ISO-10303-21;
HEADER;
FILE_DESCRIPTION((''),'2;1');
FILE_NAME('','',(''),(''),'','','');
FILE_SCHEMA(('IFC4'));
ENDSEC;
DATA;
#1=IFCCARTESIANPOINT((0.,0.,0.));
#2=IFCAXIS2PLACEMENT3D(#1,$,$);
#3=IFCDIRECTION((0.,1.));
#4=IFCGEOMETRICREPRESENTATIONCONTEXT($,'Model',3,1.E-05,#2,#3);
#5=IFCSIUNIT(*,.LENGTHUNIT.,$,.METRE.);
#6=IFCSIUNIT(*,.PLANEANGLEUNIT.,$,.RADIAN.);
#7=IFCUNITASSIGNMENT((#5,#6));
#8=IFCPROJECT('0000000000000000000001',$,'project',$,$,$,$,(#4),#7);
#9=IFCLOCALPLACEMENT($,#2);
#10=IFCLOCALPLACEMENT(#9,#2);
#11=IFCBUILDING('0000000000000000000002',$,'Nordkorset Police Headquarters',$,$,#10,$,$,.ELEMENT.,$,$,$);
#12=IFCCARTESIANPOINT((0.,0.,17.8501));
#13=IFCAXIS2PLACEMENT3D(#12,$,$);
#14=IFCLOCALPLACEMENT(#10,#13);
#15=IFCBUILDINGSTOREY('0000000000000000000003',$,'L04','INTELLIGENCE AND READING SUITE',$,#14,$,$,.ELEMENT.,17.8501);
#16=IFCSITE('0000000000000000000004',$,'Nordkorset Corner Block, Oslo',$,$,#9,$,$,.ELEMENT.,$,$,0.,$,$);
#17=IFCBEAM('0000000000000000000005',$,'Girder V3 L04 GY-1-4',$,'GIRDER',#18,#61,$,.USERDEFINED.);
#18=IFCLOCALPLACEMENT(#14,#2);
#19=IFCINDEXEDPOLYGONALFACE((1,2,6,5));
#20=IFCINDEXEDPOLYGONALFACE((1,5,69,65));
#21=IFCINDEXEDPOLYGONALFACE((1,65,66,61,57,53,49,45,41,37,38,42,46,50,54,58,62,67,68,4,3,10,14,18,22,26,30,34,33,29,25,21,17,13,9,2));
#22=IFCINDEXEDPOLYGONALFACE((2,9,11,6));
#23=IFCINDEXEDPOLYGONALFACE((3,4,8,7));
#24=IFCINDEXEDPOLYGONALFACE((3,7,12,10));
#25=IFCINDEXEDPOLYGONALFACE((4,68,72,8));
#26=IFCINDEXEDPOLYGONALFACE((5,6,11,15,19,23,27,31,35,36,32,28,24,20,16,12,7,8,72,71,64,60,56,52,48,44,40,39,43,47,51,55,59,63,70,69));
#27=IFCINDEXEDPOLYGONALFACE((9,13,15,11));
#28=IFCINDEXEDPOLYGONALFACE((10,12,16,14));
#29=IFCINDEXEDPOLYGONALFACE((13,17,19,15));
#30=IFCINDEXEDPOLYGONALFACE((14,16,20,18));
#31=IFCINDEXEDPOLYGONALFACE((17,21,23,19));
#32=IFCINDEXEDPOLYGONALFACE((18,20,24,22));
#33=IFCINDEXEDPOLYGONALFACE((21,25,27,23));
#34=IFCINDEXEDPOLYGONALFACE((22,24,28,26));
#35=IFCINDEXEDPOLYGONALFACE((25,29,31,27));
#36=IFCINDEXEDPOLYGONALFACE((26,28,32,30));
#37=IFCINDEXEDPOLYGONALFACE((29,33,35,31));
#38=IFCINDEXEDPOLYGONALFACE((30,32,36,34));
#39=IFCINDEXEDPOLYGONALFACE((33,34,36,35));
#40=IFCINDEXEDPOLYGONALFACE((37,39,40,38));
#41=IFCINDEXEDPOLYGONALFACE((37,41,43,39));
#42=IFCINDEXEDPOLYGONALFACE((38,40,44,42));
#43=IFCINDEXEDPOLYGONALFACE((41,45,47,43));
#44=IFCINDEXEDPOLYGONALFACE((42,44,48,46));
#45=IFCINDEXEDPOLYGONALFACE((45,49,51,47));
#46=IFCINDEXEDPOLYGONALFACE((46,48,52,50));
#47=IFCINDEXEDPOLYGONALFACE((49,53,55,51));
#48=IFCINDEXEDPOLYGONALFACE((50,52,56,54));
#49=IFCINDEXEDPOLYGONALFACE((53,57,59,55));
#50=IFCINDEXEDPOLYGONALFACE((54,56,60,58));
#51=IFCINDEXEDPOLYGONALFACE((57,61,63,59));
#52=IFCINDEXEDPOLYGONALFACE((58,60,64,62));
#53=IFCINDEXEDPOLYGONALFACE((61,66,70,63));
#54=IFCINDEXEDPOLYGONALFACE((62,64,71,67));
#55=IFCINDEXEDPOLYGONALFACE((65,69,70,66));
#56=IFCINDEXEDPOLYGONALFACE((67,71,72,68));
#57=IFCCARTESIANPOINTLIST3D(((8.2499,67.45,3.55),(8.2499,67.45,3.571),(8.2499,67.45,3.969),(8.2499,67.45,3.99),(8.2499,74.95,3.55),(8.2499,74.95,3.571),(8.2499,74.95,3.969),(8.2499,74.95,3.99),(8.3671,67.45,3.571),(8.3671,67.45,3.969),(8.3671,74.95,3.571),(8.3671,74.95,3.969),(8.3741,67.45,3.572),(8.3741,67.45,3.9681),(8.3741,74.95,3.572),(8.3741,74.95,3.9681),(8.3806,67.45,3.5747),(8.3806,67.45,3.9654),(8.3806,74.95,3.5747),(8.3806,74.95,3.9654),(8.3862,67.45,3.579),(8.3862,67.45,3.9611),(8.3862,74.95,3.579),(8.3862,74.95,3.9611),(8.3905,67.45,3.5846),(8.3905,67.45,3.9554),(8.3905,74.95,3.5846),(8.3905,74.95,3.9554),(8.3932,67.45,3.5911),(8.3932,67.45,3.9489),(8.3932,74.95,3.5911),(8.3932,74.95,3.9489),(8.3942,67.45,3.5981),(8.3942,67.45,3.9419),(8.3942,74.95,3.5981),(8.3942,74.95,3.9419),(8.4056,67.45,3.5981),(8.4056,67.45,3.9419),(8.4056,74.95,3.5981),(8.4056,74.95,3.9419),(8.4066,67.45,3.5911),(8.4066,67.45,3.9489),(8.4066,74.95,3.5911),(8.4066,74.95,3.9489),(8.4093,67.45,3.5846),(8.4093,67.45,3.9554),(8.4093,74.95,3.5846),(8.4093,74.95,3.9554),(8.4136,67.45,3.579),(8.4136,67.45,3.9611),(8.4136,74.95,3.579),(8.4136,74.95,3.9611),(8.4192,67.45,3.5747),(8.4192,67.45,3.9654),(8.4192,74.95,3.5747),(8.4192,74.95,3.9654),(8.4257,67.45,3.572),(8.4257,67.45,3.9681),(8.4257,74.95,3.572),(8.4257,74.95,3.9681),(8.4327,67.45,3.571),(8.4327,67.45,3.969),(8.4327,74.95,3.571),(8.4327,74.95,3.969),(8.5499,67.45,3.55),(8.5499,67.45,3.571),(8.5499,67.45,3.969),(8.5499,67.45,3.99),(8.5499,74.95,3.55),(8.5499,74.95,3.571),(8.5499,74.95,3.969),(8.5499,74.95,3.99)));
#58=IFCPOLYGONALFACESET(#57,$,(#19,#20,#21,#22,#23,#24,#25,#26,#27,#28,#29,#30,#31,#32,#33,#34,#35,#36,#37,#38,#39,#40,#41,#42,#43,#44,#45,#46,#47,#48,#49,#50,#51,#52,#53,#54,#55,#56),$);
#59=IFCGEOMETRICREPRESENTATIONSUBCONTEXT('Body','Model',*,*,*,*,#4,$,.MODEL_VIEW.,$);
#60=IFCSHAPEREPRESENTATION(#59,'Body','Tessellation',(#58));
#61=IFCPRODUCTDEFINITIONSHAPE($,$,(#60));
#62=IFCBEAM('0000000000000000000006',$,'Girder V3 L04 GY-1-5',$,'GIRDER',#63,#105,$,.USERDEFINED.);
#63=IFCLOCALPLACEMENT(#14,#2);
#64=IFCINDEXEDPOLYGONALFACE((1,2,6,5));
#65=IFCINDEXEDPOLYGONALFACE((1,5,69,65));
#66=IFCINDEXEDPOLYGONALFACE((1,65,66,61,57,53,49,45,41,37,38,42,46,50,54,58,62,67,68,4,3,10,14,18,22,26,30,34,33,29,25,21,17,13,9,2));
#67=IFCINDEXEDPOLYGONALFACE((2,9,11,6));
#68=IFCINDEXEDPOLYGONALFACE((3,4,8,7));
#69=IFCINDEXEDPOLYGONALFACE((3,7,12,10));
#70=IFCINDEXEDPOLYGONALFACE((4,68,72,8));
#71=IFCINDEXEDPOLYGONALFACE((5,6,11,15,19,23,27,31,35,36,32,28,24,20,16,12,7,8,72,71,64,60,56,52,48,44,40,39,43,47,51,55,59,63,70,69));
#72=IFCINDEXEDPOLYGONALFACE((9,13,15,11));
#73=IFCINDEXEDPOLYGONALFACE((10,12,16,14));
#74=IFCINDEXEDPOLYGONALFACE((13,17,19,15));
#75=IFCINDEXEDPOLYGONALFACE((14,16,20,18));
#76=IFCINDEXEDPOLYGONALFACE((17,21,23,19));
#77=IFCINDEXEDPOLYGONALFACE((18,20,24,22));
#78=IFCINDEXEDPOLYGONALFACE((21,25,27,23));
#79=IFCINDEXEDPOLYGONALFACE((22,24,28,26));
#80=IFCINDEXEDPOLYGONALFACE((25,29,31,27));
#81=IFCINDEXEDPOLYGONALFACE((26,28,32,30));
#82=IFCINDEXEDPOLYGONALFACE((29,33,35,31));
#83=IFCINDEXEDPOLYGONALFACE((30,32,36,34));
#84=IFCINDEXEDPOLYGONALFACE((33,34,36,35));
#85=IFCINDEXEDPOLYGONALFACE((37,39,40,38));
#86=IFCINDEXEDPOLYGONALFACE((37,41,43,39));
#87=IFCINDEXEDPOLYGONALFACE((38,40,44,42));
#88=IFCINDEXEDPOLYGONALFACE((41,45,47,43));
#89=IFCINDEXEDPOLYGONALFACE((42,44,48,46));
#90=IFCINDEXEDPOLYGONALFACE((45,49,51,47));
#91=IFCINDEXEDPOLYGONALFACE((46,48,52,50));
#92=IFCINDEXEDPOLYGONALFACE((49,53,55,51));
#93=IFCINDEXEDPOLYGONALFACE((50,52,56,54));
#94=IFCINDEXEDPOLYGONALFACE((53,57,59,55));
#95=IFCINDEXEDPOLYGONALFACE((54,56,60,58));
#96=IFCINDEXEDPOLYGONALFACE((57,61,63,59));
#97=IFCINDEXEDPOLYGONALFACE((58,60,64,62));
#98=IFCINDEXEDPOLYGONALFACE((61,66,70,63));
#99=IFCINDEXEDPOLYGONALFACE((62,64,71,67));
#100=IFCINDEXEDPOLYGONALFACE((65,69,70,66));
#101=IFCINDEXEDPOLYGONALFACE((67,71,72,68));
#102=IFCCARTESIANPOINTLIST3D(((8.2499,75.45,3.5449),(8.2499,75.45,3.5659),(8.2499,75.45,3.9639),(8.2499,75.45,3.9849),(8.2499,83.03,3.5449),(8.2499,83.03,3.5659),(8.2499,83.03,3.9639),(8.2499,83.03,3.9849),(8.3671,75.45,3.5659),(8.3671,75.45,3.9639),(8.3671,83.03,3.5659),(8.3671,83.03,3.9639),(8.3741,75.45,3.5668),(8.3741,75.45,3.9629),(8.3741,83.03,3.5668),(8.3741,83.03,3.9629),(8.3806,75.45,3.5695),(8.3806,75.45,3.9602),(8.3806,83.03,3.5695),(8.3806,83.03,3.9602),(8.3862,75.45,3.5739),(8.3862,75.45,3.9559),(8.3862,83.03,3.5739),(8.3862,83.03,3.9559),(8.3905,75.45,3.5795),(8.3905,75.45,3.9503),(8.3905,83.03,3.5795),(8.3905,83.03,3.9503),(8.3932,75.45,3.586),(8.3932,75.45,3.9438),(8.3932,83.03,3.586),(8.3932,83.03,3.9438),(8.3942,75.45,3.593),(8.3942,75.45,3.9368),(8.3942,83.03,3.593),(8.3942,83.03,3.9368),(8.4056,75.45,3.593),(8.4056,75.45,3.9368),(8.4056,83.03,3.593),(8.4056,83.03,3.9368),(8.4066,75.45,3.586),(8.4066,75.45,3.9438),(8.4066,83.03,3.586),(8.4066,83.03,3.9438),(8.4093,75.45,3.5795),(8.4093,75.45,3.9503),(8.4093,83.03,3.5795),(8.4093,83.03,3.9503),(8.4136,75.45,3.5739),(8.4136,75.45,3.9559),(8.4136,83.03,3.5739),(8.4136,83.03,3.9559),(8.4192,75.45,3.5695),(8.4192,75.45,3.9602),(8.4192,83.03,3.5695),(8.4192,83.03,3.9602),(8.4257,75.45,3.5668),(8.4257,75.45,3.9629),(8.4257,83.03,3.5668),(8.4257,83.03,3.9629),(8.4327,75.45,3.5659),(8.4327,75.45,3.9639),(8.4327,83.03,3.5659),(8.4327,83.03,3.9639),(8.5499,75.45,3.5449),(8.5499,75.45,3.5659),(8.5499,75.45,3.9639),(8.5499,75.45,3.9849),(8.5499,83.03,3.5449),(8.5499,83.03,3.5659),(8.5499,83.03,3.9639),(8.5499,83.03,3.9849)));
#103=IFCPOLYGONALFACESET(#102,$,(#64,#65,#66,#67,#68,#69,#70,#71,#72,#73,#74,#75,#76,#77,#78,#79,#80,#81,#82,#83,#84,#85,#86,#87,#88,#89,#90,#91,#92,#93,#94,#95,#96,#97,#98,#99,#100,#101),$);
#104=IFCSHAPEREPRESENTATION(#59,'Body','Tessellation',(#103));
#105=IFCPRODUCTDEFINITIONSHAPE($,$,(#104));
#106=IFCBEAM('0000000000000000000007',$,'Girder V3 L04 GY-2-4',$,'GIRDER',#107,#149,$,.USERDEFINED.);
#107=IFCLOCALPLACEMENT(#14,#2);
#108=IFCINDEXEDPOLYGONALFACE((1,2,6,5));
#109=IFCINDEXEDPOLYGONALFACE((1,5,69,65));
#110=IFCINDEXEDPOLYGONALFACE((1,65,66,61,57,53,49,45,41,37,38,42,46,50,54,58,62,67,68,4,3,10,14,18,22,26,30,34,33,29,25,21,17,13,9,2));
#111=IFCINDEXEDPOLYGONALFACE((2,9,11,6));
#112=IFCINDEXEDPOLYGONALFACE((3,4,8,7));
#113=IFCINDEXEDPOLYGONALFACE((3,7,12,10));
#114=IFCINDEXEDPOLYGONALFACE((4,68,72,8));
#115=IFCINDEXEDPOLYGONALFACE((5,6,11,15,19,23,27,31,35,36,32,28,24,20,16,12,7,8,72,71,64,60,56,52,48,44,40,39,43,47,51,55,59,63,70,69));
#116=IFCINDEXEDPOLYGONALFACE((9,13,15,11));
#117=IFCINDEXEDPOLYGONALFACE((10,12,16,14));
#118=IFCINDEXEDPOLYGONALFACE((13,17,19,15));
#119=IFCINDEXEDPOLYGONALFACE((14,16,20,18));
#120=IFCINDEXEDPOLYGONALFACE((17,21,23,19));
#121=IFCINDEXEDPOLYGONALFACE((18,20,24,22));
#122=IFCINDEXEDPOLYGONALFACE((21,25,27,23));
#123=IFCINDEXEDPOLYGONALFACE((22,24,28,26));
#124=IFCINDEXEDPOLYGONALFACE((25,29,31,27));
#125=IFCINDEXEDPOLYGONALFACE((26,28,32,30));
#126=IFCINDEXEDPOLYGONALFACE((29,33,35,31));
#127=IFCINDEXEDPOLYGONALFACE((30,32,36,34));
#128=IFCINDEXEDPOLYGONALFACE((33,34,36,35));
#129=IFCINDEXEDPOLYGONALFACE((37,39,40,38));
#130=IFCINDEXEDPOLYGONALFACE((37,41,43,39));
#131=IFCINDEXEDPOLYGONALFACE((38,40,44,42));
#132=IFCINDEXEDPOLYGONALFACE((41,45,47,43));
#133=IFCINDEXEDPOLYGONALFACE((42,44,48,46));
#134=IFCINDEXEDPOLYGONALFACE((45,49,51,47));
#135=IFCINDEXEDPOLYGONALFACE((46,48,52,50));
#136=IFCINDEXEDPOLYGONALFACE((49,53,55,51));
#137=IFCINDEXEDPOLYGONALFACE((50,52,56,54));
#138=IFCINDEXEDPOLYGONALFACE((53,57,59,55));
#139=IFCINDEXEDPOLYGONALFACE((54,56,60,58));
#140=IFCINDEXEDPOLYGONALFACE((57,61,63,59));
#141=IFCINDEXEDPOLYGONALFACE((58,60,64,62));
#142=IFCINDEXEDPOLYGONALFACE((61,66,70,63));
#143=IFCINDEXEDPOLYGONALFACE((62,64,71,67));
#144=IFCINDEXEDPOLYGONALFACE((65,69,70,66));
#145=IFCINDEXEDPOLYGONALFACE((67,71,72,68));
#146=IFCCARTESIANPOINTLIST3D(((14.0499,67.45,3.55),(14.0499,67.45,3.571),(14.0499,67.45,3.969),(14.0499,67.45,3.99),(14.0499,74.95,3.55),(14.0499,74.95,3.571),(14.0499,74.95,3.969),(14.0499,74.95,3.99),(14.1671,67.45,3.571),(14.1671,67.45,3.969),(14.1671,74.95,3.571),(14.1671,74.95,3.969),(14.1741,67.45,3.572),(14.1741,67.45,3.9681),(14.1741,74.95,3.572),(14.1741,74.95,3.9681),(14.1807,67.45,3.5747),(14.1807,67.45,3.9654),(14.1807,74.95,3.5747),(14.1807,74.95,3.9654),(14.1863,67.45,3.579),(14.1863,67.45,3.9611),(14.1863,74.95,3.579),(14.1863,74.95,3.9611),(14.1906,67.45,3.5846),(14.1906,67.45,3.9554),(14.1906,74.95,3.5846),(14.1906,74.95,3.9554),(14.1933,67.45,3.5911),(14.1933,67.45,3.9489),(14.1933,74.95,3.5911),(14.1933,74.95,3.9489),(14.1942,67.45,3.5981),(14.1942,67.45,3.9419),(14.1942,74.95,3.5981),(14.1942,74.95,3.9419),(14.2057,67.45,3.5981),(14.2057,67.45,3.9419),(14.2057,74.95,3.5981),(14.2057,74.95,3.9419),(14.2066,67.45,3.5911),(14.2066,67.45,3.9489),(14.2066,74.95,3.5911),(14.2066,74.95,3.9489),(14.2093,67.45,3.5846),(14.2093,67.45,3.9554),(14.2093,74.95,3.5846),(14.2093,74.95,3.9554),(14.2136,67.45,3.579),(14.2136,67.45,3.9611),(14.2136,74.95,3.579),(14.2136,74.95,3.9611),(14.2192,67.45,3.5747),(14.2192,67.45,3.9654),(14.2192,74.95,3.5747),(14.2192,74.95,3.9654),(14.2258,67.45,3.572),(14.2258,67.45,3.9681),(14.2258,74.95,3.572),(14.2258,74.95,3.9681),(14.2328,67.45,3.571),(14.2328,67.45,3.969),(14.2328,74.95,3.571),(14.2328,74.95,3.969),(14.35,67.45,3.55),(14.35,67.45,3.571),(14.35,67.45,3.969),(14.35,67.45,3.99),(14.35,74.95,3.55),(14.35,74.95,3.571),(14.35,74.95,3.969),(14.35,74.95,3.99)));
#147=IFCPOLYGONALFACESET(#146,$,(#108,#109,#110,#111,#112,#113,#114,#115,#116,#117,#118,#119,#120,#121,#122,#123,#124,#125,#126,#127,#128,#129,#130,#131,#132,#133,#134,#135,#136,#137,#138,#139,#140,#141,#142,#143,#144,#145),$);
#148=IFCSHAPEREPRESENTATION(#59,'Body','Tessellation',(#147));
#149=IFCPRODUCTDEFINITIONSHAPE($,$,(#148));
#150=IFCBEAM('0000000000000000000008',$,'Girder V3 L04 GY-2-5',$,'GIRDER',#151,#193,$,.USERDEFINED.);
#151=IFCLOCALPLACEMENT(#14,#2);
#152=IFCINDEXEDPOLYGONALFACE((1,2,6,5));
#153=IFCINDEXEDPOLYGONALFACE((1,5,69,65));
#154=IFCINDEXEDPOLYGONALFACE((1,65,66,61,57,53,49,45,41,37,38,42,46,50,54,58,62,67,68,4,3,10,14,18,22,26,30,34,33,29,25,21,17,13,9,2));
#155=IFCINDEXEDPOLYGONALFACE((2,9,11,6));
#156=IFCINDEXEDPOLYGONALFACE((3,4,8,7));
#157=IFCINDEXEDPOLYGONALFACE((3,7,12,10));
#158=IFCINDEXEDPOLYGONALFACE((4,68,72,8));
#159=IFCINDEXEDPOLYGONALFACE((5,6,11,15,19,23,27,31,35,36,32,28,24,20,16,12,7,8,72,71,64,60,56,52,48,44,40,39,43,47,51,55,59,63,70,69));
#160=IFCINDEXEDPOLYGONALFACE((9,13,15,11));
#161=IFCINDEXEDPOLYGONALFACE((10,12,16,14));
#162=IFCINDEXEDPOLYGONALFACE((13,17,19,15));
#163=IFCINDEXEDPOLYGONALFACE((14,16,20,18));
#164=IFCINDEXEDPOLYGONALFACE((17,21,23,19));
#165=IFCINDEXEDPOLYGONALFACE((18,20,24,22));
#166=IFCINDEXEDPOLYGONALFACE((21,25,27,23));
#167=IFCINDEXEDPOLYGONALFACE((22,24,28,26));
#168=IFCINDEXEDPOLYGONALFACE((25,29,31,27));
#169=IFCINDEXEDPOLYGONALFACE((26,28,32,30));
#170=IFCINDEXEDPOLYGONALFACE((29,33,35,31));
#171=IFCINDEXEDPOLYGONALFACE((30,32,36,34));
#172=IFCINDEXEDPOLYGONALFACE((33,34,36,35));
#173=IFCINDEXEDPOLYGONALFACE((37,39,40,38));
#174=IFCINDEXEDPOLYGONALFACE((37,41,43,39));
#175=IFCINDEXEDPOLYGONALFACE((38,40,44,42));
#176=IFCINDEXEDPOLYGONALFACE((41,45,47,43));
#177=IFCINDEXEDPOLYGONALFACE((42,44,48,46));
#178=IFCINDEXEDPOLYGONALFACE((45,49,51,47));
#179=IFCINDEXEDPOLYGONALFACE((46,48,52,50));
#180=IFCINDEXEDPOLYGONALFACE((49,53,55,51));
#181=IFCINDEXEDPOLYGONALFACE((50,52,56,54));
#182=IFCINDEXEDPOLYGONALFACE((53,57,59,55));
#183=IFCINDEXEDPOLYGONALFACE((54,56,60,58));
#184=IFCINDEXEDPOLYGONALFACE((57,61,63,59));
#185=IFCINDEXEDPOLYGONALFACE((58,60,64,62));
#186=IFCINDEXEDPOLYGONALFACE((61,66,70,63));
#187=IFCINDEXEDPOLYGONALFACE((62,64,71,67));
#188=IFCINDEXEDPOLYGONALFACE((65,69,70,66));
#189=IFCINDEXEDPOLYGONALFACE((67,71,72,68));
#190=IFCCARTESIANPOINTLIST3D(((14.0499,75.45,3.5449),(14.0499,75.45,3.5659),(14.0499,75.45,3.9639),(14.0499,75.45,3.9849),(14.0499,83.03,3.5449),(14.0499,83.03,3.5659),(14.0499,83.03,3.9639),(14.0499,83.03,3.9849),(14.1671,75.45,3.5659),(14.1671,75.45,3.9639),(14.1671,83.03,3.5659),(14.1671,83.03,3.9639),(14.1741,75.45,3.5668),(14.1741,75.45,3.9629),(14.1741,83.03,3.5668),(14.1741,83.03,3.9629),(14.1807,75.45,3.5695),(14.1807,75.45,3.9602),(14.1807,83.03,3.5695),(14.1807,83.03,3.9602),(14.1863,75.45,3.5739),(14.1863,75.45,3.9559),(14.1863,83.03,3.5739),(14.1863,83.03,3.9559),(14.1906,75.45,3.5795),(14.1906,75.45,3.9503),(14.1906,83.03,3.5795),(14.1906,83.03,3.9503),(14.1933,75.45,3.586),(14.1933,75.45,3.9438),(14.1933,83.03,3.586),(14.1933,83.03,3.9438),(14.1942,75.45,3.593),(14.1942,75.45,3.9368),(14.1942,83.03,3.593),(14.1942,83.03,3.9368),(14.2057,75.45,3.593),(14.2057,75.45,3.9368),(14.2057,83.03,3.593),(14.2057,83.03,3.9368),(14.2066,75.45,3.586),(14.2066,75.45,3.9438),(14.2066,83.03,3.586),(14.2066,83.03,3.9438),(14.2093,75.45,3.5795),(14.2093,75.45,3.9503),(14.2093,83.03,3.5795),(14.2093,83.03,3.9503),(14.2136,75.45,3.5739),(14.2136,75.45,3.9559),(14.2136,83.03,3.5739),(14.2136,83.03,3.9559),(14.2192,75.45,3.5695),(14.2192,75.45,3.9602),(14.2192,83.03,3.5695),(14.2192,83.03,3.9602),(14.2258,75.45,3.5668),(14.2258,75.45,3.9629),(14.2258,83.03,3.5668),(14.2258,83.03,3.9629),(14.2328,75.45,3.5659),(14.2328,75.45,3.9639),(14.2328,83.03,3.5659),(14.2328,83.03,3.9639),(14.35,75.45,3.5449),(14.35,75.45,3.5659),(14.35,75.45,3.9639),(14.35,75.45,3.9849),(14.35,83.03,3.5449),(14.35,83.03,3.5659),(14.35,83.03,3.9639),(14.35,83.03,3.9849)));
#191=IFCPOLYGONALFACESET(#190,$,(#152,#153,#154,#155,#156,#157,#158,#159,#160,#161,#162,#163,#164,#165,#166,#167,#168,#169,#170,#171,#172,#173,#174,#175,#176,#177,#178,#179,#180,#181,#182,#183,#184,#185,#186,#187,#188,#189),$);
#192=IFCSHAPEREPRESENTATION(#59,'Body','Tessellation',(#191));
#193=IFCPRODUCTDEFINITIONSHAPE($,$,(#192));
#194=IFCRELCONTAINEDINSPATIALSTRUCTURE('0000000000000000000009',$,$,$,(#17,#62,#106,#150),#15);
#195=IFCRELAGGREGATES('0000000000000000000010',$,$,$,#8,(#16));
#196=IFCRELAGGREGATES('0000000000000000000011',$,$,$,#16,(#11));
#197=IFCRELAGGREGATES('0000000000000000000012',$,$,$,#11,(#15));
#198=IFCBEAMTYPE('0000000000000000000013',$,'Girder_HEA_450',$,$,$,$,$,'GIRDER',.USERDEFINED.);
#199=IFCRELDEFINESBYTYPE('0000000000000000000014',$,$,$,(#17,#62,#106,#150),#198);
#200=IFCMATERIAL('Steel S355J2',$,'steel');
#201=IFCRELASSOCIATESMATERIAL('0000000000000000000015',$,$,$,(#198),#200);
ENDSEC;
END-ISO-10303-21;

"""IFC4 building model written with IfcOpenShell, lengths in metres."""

from ifc_helpers import new_model, si_unit, direction, frame, origin, origin_2d, place, context, subcontext, project, spatial, i_section, extrude, material, material_profile, profile_set, type_object, element, save


model = new_model("IFC4")

# Units and contexts
model_context = context("Model", 3, precision=1e-05, world=origin(), true_north=direction((0.0, 1.0)))
body_context = subcontext(model_context, "Body", "Model", "MODEL_VIEW")
ifc_project = project(units=[si_unit("LENGTHUNIT", "METRE"), si_unit("PLANEANGLEUNIT", "RADIAN")], contexts=[model_context])

# Site, building, storey
site_placement = place(None, origin())
site = spatial("IfcSite", under=ifc_project, at=site_placement, Name="Nordkorset Corner Block, Oslo", CompositionType="ELEMENT", RefElevation=0.0)
building_placement = place(site_placement, origin())
building = spatial("IfcBuilding", under=site, at=building_placement, Name="Nordkorset Police Headquarters", CompositionType="ELEMENT")
storey_placement = place(building_placement, frame((0.0, 0.0, 17.8501)))
storey = spatial("IfcBuildingStorey", under=building, at=storey_placement, Name="L04", Description="INTELLIGENCE AND READING SUITE", CompositionType="ELEMENT", Elevation=17.8501)

# Beams
ifc_material_1 = material(Name="Steel S355J2", Category="steel")
ifc_material_profile_1 = material_profile(ifc_material_1, i_section(OverallWidth=0.3, OverallDepth=0.4399, WebThickness=0.0115, FlangeThickness=0.021, FilletRadius=0.0271, at=origin_2d()), Name="HEA 450")
ifc_profile_set_1 = profile_set([ifc_material_profile_1], Name="Steel S355J2")
beam_type_1 = type_object("IfcBeamType", Name="Girder_HEA_450", ElementType="GIRDER", PredefinedType="USERDEFINED", material=ifc_profile_set_1)
beam_1_placement = place(storey_placement, frame((8.3999, 67.45, 3.77), z_axis=(0.0, 1.0, 0.0), x_axis=(-1.0, 0.0, 0.0)))
element("IfcBeam", 1, at=beam_1_placement, inside=storey, type_object=beam_type_1, Name="Girder V3 L04 GY-1-4", ObjectType="GIRDER", PredefinedType="USERDEFINED", context=body_context, shape_type="SweptSolid", body=[
    extrude(i_section(OverallWidth=0.3, OverallDepth=0.4399, WebThickness=0.0115, FlangeThickness=0.021, FilletRadius=0.0271, at=origin_2d()), origin(), (0.0, 0.0, 1.0), 7.5),
])
beam_2_placement = place(storey_placement, frame((8.3999, 75.45, 3.7649), z_axis=(0.0, 1.0, 0.0), x_axis=(-1.0, 0.0, 0.0)))
element("IfcBeam", 2, at=beam_2_placement, inside=storey, type_object=beam_type_1, Name="Girder V3 L04 GY-1-5", ObjectType="GIRDER", PredefinedType="USERDEFINED", context=body_context, shape_type="SweptSolid", body=[
    extrude(i_section(OverallWidth=0.3, OverallDepth=0.4399, WebThickness=0.0115, FlangeThickness=0.021, FilletRadius=0.0271, at=origin_2d()), origin(), (0.0, 0.0, 1.0), 7.5801),
])
beam_3_placement = place(storey_placement, frame((14.2, 67.45, 3.77), z_axis=(0.0, 1.0, 0.0), x_axis=(-1.0, 0.0, 0.0)))
element("IfcBeam", 3, at=beam_3_placement, inside=storey, type_object=beam_type_1, Name="Girder V3 L04 GY-2-4", ObjectType="GIRDER", PredefinedType="USERDEFINED", context=body_context, shape_type="SweptSolid", body=[
    extrude(i_section(OverallWidth=0.3, OverallDepth=0.4399, WebThickness=0.0115, FlangeThickness=0.021, FilletRadius=0.0271, at=origin_2d()), origin(), (0.0, 0.0, 1.0), 7.5),
])
beam_4_placement = place(storey_placement, frame((14.2, 75.45, 3.7649), z_axis=(0.0, 1.0, 0.0), x_axis=(-1.0, 0.0, 0.0)))
element("IfcBeam", 4, at=beam_4_placement, inside=storey, type_object=beam_type_1, Name="Girder V3 L04 GY-2-5", ObjectType="GIRDER", PredefinedType="USERDEFINED", context=body_context, shape_type="SweptSolid", body=[
    extrude(i_section(OverallWidth=0.3, OverallDepth=0.4399, WebThickness=0.0115, FlangeThickness=0.021, FilletRadius=0.0271, at=origin_2d()), origin(), (0.0, 0.0, 1.0), 7.5801),
])

save(model, "model.ifc")
